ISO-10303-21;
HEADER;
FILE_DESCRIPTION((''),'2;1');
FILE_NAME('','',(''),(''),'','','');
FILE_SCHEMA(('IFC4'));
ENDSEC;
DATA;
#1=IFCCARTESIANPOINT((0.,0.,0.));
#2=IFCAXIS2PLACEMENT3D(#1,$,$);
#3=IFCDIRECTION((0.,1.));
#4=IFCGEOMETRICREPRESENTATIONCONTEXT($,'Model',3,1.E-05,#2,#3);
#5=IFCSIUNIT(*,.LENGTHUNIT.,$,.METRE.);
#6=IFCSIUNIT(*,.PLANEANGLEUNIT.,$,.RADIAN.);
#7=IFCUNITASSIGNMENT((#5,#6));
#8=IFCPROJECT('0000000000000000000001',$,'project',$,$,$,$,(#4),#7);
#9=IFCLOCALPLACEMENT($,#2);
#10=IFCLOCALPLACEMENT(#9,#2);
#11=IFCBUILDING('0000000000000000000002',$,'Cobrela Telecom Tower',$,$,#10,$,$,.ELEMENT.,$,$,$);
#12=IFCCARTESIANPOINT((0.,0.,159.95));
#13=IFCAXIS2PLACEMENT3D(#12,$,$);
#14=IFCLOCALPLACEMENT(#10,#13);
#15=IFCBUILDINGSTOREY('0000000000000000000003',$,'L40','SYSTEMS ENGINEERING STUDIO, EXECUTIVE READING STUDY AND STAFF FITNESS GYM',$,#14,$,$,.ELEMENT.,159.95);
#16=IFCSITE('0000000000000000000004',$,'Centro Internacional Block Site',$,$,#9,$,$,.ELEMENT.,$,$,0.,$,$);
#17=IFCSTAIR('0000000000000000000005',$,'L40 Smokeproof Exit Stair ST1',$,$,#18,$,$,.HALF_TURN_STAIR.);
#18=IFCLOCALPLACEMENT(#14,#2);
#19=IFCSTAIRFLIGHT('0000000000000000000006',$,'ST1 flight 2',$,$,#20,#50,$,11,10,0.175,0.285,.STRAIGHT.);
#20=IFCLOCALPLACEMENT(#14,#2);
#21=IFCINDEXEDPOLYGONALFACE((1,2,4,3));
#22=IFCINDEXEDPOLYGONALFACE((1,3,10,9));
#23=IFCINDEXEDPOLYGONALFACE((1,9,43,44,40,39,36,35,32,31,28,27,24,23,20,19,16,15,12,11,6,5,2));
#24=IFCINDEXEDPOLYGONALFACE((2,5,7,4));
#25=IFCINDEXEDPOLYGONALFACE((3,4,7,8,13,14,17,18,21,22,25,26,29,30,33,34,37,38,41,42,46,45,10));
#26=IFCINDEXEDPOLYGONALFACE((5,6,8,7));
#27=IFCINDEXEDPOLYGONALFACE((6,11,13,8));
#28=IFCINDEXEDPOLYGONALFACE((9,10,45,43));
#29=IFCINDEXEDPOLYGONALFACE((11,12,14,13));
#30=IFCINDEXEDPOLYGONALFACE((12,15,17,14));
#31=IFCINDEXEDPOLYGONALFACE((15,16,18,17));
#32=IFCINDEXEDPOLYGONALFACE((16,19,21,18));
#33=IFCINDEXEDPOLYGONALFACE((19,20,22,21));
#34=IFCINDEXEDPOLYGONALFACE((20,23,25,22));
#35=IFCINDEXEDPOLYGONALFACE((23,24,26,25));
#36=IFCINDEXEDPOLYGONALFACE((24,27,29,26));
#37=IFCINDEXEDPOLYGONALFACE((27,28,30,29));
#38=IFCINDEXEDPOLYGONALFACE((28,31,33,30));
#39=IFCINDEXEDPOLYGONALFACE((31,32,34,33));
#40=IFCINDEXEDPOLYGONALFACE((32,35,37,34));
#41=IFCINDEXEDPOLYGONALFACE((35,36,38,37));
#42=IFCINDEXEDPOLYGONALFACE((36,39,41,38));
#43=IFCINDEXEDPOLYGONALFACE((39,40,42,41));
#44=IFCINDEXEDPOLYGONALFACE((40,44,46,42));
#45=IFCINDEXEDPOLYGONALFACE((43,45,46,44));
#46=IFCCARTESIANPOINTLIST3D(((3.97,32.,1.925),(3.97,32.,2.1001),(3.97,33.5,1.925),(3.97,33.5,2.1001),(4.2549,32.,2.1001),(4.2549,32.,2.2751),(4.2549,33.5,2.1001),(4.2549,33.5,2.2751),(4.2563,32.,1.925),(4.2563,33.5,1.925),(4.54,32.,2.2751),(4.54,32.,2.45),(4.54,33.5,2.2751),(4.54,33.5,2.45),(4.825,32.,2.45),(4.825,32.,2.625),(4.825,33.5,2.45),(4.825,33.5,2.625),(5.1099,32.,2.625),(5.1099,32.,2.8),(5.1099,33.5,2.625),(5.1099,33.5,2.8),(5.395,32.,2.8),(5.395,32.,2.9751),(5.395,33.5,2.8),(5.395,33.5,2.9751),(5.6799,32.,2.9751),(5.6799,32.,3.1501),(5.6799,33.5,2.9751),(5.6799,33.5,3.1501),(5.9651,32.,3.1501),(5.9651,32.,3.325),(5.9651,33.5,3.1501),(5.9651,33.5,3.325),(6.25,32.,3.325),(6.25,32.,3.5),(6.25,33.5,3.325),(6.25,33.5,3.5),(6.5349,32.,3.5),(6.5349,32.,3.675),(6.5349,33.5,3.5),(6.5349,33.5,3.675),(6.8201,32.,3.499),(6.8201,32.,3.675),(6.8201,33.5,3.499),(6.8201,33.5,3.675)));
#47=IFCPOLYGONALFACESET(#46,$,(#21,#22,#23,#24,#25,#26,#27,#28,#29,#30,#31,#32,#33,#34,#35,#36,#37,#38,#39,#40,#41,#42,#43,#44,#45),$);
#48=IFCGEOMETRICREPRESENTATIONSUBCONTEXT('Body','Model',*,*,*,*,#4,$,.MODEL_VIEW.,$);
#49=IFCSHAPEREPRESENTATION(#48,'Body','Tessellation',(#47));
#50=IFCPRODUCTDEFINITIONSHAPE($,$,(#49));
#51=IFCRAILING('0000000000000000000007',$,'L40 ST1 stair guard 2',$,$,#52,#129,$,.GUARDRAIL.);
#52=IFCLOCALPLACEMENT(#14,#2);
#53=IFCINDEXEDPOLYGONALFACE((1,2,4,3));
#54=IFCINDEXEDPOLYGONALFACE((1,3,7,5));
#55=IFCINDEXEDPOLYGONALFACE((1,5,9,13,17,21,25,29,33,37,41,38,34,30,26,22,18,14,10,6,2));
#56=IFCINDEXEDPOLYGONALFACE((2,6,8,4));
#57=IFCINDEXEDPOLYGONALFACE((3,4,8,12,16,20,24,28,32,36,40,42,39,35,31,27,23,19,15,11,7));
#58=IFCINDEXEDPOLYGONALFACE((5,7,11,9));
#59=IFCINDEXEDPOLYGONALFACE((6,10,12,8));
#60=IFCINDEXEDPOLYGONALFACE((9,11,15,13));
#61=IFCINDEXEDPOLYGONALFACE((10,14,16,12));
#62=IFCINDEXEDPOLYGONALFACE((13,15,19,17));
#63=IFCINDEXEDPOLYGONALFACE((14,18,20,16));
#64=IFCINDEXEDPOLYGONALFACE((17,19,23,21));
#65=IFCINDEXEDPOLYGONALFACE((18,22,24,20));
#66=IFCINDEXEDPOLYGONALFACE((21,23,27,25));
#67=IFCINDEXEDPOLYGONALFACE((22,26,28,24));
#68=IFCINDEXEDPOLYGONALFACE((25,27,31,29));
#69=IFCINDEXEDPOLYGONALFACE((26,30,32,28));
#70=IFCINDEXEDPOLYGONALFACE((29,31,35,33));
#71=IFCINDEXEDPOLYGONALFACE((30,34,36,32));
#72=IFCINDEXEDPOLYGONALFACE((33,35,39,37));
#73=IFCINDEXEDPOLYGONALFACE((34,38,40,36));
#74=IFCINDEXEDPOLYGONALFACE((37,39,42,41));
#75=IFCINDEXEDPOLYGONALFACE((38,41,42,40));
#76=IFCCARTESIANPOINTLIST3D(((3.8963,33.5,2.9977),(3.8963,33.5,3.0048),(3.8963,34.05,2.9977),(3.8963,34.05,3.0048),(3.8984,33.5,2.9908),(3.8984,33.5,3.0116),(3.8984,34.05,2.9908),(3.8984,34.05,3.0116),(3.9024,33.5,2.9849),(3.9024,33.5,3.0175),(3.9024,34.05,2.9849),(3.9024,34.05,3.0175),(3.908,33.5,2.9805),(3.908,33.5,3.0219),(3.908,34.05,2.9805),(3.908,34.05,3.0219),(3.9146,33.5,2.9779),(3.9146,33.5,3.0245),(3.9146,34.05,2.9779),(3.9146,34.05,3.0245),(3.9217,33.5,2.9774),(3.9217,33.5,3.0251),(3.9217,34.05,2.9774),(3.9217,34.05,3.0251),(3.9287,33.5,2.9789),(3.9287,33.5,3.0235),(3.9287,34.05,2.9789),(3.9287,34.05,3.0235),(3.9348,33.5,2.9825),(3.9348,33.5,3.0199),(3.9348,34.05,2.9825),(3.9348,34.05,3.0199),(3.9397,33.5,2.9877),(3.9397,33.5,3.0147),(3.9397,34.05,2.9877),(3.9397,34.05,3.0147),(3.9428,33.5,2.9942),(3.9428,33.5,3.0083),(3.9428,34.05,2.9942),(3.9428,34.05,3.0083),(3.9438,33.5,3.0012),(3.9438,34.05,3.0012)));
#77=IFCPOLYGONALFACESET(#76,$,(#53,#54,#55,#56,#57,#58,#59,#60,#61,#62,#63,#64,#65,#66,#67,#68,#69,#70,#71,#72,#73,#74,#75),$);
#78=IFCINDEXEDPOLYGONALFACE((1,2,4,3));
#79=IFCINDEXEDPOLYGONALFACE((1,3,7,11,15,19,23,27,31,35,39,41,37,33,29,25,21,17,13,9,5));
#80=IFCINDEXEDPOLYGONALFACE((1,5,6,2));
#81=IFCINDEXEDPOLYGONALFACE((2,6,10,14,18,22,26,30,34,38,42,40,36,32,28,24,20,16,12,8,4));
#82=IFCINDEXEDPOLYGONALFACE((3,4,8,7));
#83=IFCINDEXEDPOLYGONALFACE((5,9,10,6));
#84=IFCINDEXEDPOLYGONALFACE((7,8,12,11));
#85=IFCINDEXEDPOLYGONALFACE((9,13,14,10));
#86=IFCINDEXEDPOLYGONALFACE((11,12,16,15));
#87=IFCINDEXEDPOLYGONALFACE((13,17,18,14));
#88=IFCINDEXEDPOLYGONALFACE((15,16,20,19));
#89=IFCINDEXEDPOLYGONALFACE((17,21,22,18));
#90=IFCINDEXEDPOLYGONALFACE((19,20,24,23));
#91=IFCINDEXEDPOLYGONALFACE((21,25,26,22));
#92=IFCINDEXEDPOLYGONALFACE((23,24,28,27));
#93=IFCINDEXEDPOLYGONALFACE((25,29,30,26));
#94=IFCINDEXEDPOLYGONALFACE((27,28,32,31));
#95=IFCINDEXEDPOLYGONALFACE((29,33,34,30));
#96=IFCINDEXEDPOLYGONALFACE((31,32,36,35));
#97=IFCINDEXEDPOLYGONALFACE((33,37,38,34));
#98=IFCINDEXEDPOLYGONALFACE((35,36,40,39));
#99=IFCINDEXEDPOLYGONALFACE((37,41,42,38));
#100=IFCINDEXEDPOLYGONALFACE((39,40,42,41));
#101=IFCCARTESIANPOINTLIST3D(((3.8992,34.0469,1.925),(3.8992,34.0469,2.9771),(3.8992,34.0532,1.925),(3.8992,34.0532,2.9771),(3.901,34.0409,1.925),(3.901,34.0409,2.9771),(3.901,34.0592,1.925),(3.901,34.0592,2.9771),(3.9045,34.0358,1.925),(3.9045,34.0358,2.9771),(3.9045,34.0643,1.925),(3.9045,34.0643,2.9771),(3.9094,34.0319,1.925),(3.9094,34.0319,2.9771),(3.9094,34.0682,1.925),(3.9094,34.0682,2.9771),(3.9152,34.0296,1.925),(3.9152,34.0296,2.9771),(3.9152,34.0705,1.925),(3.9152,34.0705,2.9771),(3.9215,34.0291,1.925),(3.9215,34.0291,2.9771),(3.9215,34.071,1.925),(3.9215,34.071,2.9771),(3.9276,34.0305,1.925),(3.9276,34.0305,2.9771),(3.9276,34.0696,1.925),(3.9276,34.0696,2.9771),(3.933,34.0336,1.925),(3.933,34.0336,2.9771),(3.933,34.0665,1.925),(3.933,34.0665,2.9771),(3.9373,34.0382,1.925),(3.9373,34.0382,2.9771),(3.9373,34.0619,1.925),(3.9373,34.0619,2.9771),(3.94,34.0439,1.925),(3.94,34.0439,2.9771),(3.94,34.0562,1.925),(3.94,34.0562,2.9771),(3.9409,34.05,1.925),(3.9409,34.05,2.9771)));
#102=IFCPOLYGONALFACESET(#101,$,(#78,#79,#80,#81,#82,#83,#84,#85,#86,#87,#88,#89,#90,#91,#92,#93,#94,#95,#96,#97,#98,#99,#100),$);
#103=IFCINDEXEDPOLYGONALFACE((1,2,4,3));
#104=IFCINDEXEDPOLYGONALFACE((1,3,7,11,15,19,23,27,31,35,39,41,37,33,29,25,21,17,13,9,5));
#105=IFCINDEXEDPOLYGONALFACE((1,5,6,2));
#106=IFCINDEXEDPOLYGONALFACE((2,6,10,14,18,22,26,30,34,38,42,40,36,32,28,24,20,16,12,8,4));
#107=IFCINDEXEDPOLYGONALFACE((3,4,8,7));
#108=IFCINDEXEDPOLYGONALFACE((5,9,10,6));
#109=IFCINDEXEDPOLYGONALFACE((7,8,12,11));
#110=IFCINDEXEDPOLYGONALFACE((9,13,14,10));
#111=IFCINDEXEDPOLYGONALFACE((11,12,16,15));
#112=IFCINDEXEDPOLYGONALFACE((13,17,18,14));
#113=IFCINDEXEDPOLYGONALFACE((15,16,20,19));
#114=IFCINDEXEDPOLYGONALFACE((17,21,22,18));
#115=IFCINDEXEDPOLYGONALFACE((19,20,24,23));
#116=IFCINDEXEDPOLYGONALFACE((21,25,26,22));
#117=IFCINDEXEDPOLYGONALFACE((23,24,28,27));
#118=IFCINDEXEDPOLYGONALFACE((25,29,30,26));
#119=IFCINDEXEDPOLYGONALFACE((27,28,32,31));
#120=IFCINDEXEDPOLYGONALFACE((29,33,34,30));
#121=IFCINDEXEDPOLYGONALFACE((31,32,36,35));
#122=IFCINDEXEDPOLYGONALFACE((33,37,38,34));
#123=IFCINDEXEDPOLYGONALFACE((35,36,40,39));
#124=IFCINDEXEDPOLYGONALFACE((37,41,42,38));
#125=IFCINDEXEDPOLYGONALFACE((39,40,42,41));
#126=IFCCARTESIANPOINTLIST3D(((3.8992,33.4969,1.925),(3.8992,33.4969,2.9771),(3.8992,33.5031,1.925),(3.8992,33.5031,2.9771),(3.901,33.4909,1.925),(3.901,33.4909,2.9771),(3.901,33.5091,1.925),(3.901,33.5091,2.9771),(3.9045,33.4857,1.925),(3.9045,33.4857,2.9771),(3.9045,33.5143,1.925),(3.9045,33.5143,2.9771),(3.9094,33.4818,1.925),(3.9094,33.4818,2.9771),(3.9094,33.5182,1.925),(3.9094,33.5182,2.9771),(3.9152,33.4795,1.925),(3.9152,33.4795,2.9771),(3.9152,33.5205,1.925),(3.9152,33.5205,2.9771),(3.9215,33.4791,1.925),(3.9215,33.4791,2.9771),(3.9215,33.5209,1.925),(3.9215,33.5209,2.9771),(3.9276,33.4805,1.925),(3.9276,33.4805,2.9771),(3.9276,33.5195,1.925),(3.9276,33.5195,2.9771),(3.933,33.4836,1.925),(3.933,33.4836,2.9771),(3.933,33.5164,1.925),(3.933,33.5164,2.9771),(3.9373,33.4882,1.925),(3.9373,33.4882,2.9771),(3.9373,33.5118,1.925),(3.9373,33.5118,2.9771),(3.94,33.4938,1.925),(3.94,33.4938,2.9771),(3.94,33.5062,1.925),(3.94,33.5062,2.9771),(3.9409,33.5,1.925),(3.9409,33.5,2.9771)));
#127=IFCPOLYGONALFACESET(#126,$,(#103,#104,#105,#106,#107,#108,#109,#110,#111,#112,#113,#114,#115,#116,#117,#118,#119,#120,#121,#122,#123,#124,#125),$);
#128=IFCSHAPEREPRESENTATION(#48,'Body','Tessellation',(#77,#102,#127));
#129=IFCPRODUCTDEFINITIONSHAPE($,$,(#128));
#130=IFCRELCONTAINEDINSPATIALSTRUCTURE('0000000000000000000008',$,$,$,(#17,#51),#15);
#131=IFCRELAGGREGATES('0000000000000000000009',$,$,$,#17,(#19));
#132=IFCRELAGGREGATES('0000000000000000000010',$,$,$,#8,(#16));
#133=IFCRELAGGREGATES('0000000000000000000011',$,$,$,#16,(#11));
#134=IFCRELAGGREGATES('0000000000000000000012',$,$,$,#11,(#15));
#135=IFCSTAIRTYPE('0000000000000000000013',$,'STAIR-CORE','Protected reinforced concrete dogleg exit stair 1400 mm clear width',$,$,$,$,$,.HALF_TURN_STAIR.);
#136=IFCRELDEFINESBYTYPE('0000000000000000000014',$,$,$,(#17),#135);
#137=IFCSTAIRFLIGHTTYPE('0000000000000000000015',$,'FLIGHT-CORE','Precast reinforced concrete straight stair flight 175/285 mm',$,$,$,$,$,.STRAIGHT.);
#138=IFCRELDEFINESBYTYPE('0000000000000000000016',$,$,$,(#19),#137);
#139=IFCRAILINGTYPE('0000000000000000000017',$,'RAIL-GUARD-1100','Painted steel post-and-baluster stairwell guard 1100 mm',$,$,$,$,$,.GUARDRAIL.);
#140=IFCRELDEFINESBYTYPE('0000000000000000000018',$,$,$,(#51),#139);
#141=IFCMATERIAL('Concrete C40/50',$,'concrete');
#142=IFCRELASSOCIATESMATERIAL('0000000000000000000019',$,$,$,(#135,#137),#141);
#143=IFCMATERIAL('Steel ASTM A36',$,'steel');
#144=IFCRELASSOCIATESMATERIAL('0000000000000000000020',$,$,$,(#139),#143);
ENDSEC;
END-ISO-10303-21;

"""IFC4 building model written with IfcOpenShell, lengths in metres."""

from ifc_helpers import new_model, si_unit, direction, frame, origin, origin_2d, place, context, subcontext, project, spatial, polyline, circle, outline, extrude, material, type_object, element, aggregate, save


model = new_model("IFC4")

# Units and contexts
model_context = context("Model", 3, precision=1e-05, world=origin(), true_north=direction((0.0, 1.0)))
body_context = subcontext(model_context, "Body", "Model", "MODEL_VIEW")
ifc_project = project(units=[si_unit("LENGTHUNIT", "METRE"), si_unit("PLANEANGLEUNIT", "RADIAN")], contexts=[model_context])

# Site, building, storey
site_placement = place(None, origin())
site = spatial("IfcSite", under=ifc_project, at=site_placement, Name="Centro Internacional Block Site", CompositionType="ELEMENT", RefElevation=0.0)
building_placement = place(site_placement, origin())
building = spatial("IfcBuilding", under=site, at=building_placement, Name="Cobrela Telecom Tower", CompositionType="ELEMENT")
storey_placement = place(building_placement, frame((0.0, 0.0, 159.95)))
storey = spatial("IfcBuildingStorey", under=building, at=storey_placement, Name="L40", Description="SYSTEMS ENGINEERING STUDIO, EXECUTIVE READING STUDY AND STAFF FITNESS GYM", CompositionType="ELEMENT", Elevation=159.95)

# Shared definitions
ifc_material_1 = material(Name="Steel ASTM A36", Category="steel")

# Shared definitions
ifc_material_2 = material(Name="Concrete C40/50", Category="concrete")

# Stair, stair flight
stair_type = type_object("IfcStairType", Name="STAIR-CORE", Description="Protected reinforced concrete dogleg exit stair 1400 mm clear width", PredefinedType="HALF_TURN_STAIR", material=ifc_material_2)
stair_placement = place(storey_placement, origin())
stair = element("IfcStair", 1, at=stair_placement, inside=storey, type_object=stair_type, Name="L40 Smokeproof Exit Stair ST1", PredefinedType="HALF_TURN_STAIR")
stair_flight_type = type_object("IfcStairFlightType", Name="FLIGHT-CORE", Description="Precast reinforced concrete straight stair flight 175/285 mm", PredefinedType="STRAIGHT", material=ifc_material_2)
stair_flight_placement = place(storey_placement, frame((3.97, 32.75, 1.925), z_axis=(0.0, 0.0, 1.0), x_axis=(1.0, 0.0, 0.0)))
stair_flight = element("IfcStairFlight", 2, at=stair_flight_placement, type_object=stair_flight_type, Name="ST1 flight 2", NumberOfRisers=11, NumberOfTreads=10, PredefinedType="STRAIGHT", RiserHeight=0.175, TreadLength=0.285, context=body_context, shape_type="SweptSolid", body=[
    extrude(outline(polyline([(0.0, 0.0), (0.0, 0.175), (0.2849, 0.175), (0.2849, 0.3501), (0.5701, 0.3501), (0.5701, 0.5249), (0.855, 0.5249), (0.855, 0.7), (1.1399, 0.7), (1.1399, 0.875), (1.425, 0.875), (1.425, 1.05), (1.71, 1.05), (1.71, 1.2251), (1.9951, 1.2251), (1.9951, 1.3999), (2.28, 1.3999), (2.28, 1.575), (2.5649, 1.575), (2.5649, 1.75), (2.8501, 1.75), (2.8501, 1.925), (2.8501, 1.574), (0.2864, 0.0), (0.0, 0.0)])), frame((0.0, 0.75, 0.0), z_axis=(0.0, -1.0, 0.0), x_axis=(1.0, 0.0, 0.0)), (0.0, 0.0, 1.0), 1.5),
])
aggregate(stair, [stair_flight])

# Railing
railing_type_1 = type_object("IfcRailingType", Name="RAIL-GUARD-1100", Description="Painted steel post-and-baluster stairwell guard 1100 mm", PredefinedType="GUARDRAIL", material=ifc_material_1)
railing_1_placement = place(storey_placement, frame((3.9199, 34.05, 1.925)))
element("IfcRailing", 3, at=railing_1_placement, inside=storey, type_object=railing_type_1, Name="L40 ST1 stair guard 2", PredefinedType="GUARDRAIL", context=body_context, shape_type="SweptSolid", body=[
    extrude(circle(Radius=0.0239, at=origin_2d()), frame((0.0, 0.0, 1.0762), z_axis=(0.0, -1.0, 0.0), x_axis=(1.0, 0.0, 0.0)), (0.0, 0.0, 1.0), 0.55),
    extrude(circle(Radius=0.021, at=origin_2d()), origin(), (0.0, 0.0, 1.0), 1.052),
    extrude(circle(Radius=0.021, at=origin_2d()), frame((0.0, -0.55, 0.0)), (0.0, 0.0, 1.0), 1.052),
])

save(model, "model.ifc")
